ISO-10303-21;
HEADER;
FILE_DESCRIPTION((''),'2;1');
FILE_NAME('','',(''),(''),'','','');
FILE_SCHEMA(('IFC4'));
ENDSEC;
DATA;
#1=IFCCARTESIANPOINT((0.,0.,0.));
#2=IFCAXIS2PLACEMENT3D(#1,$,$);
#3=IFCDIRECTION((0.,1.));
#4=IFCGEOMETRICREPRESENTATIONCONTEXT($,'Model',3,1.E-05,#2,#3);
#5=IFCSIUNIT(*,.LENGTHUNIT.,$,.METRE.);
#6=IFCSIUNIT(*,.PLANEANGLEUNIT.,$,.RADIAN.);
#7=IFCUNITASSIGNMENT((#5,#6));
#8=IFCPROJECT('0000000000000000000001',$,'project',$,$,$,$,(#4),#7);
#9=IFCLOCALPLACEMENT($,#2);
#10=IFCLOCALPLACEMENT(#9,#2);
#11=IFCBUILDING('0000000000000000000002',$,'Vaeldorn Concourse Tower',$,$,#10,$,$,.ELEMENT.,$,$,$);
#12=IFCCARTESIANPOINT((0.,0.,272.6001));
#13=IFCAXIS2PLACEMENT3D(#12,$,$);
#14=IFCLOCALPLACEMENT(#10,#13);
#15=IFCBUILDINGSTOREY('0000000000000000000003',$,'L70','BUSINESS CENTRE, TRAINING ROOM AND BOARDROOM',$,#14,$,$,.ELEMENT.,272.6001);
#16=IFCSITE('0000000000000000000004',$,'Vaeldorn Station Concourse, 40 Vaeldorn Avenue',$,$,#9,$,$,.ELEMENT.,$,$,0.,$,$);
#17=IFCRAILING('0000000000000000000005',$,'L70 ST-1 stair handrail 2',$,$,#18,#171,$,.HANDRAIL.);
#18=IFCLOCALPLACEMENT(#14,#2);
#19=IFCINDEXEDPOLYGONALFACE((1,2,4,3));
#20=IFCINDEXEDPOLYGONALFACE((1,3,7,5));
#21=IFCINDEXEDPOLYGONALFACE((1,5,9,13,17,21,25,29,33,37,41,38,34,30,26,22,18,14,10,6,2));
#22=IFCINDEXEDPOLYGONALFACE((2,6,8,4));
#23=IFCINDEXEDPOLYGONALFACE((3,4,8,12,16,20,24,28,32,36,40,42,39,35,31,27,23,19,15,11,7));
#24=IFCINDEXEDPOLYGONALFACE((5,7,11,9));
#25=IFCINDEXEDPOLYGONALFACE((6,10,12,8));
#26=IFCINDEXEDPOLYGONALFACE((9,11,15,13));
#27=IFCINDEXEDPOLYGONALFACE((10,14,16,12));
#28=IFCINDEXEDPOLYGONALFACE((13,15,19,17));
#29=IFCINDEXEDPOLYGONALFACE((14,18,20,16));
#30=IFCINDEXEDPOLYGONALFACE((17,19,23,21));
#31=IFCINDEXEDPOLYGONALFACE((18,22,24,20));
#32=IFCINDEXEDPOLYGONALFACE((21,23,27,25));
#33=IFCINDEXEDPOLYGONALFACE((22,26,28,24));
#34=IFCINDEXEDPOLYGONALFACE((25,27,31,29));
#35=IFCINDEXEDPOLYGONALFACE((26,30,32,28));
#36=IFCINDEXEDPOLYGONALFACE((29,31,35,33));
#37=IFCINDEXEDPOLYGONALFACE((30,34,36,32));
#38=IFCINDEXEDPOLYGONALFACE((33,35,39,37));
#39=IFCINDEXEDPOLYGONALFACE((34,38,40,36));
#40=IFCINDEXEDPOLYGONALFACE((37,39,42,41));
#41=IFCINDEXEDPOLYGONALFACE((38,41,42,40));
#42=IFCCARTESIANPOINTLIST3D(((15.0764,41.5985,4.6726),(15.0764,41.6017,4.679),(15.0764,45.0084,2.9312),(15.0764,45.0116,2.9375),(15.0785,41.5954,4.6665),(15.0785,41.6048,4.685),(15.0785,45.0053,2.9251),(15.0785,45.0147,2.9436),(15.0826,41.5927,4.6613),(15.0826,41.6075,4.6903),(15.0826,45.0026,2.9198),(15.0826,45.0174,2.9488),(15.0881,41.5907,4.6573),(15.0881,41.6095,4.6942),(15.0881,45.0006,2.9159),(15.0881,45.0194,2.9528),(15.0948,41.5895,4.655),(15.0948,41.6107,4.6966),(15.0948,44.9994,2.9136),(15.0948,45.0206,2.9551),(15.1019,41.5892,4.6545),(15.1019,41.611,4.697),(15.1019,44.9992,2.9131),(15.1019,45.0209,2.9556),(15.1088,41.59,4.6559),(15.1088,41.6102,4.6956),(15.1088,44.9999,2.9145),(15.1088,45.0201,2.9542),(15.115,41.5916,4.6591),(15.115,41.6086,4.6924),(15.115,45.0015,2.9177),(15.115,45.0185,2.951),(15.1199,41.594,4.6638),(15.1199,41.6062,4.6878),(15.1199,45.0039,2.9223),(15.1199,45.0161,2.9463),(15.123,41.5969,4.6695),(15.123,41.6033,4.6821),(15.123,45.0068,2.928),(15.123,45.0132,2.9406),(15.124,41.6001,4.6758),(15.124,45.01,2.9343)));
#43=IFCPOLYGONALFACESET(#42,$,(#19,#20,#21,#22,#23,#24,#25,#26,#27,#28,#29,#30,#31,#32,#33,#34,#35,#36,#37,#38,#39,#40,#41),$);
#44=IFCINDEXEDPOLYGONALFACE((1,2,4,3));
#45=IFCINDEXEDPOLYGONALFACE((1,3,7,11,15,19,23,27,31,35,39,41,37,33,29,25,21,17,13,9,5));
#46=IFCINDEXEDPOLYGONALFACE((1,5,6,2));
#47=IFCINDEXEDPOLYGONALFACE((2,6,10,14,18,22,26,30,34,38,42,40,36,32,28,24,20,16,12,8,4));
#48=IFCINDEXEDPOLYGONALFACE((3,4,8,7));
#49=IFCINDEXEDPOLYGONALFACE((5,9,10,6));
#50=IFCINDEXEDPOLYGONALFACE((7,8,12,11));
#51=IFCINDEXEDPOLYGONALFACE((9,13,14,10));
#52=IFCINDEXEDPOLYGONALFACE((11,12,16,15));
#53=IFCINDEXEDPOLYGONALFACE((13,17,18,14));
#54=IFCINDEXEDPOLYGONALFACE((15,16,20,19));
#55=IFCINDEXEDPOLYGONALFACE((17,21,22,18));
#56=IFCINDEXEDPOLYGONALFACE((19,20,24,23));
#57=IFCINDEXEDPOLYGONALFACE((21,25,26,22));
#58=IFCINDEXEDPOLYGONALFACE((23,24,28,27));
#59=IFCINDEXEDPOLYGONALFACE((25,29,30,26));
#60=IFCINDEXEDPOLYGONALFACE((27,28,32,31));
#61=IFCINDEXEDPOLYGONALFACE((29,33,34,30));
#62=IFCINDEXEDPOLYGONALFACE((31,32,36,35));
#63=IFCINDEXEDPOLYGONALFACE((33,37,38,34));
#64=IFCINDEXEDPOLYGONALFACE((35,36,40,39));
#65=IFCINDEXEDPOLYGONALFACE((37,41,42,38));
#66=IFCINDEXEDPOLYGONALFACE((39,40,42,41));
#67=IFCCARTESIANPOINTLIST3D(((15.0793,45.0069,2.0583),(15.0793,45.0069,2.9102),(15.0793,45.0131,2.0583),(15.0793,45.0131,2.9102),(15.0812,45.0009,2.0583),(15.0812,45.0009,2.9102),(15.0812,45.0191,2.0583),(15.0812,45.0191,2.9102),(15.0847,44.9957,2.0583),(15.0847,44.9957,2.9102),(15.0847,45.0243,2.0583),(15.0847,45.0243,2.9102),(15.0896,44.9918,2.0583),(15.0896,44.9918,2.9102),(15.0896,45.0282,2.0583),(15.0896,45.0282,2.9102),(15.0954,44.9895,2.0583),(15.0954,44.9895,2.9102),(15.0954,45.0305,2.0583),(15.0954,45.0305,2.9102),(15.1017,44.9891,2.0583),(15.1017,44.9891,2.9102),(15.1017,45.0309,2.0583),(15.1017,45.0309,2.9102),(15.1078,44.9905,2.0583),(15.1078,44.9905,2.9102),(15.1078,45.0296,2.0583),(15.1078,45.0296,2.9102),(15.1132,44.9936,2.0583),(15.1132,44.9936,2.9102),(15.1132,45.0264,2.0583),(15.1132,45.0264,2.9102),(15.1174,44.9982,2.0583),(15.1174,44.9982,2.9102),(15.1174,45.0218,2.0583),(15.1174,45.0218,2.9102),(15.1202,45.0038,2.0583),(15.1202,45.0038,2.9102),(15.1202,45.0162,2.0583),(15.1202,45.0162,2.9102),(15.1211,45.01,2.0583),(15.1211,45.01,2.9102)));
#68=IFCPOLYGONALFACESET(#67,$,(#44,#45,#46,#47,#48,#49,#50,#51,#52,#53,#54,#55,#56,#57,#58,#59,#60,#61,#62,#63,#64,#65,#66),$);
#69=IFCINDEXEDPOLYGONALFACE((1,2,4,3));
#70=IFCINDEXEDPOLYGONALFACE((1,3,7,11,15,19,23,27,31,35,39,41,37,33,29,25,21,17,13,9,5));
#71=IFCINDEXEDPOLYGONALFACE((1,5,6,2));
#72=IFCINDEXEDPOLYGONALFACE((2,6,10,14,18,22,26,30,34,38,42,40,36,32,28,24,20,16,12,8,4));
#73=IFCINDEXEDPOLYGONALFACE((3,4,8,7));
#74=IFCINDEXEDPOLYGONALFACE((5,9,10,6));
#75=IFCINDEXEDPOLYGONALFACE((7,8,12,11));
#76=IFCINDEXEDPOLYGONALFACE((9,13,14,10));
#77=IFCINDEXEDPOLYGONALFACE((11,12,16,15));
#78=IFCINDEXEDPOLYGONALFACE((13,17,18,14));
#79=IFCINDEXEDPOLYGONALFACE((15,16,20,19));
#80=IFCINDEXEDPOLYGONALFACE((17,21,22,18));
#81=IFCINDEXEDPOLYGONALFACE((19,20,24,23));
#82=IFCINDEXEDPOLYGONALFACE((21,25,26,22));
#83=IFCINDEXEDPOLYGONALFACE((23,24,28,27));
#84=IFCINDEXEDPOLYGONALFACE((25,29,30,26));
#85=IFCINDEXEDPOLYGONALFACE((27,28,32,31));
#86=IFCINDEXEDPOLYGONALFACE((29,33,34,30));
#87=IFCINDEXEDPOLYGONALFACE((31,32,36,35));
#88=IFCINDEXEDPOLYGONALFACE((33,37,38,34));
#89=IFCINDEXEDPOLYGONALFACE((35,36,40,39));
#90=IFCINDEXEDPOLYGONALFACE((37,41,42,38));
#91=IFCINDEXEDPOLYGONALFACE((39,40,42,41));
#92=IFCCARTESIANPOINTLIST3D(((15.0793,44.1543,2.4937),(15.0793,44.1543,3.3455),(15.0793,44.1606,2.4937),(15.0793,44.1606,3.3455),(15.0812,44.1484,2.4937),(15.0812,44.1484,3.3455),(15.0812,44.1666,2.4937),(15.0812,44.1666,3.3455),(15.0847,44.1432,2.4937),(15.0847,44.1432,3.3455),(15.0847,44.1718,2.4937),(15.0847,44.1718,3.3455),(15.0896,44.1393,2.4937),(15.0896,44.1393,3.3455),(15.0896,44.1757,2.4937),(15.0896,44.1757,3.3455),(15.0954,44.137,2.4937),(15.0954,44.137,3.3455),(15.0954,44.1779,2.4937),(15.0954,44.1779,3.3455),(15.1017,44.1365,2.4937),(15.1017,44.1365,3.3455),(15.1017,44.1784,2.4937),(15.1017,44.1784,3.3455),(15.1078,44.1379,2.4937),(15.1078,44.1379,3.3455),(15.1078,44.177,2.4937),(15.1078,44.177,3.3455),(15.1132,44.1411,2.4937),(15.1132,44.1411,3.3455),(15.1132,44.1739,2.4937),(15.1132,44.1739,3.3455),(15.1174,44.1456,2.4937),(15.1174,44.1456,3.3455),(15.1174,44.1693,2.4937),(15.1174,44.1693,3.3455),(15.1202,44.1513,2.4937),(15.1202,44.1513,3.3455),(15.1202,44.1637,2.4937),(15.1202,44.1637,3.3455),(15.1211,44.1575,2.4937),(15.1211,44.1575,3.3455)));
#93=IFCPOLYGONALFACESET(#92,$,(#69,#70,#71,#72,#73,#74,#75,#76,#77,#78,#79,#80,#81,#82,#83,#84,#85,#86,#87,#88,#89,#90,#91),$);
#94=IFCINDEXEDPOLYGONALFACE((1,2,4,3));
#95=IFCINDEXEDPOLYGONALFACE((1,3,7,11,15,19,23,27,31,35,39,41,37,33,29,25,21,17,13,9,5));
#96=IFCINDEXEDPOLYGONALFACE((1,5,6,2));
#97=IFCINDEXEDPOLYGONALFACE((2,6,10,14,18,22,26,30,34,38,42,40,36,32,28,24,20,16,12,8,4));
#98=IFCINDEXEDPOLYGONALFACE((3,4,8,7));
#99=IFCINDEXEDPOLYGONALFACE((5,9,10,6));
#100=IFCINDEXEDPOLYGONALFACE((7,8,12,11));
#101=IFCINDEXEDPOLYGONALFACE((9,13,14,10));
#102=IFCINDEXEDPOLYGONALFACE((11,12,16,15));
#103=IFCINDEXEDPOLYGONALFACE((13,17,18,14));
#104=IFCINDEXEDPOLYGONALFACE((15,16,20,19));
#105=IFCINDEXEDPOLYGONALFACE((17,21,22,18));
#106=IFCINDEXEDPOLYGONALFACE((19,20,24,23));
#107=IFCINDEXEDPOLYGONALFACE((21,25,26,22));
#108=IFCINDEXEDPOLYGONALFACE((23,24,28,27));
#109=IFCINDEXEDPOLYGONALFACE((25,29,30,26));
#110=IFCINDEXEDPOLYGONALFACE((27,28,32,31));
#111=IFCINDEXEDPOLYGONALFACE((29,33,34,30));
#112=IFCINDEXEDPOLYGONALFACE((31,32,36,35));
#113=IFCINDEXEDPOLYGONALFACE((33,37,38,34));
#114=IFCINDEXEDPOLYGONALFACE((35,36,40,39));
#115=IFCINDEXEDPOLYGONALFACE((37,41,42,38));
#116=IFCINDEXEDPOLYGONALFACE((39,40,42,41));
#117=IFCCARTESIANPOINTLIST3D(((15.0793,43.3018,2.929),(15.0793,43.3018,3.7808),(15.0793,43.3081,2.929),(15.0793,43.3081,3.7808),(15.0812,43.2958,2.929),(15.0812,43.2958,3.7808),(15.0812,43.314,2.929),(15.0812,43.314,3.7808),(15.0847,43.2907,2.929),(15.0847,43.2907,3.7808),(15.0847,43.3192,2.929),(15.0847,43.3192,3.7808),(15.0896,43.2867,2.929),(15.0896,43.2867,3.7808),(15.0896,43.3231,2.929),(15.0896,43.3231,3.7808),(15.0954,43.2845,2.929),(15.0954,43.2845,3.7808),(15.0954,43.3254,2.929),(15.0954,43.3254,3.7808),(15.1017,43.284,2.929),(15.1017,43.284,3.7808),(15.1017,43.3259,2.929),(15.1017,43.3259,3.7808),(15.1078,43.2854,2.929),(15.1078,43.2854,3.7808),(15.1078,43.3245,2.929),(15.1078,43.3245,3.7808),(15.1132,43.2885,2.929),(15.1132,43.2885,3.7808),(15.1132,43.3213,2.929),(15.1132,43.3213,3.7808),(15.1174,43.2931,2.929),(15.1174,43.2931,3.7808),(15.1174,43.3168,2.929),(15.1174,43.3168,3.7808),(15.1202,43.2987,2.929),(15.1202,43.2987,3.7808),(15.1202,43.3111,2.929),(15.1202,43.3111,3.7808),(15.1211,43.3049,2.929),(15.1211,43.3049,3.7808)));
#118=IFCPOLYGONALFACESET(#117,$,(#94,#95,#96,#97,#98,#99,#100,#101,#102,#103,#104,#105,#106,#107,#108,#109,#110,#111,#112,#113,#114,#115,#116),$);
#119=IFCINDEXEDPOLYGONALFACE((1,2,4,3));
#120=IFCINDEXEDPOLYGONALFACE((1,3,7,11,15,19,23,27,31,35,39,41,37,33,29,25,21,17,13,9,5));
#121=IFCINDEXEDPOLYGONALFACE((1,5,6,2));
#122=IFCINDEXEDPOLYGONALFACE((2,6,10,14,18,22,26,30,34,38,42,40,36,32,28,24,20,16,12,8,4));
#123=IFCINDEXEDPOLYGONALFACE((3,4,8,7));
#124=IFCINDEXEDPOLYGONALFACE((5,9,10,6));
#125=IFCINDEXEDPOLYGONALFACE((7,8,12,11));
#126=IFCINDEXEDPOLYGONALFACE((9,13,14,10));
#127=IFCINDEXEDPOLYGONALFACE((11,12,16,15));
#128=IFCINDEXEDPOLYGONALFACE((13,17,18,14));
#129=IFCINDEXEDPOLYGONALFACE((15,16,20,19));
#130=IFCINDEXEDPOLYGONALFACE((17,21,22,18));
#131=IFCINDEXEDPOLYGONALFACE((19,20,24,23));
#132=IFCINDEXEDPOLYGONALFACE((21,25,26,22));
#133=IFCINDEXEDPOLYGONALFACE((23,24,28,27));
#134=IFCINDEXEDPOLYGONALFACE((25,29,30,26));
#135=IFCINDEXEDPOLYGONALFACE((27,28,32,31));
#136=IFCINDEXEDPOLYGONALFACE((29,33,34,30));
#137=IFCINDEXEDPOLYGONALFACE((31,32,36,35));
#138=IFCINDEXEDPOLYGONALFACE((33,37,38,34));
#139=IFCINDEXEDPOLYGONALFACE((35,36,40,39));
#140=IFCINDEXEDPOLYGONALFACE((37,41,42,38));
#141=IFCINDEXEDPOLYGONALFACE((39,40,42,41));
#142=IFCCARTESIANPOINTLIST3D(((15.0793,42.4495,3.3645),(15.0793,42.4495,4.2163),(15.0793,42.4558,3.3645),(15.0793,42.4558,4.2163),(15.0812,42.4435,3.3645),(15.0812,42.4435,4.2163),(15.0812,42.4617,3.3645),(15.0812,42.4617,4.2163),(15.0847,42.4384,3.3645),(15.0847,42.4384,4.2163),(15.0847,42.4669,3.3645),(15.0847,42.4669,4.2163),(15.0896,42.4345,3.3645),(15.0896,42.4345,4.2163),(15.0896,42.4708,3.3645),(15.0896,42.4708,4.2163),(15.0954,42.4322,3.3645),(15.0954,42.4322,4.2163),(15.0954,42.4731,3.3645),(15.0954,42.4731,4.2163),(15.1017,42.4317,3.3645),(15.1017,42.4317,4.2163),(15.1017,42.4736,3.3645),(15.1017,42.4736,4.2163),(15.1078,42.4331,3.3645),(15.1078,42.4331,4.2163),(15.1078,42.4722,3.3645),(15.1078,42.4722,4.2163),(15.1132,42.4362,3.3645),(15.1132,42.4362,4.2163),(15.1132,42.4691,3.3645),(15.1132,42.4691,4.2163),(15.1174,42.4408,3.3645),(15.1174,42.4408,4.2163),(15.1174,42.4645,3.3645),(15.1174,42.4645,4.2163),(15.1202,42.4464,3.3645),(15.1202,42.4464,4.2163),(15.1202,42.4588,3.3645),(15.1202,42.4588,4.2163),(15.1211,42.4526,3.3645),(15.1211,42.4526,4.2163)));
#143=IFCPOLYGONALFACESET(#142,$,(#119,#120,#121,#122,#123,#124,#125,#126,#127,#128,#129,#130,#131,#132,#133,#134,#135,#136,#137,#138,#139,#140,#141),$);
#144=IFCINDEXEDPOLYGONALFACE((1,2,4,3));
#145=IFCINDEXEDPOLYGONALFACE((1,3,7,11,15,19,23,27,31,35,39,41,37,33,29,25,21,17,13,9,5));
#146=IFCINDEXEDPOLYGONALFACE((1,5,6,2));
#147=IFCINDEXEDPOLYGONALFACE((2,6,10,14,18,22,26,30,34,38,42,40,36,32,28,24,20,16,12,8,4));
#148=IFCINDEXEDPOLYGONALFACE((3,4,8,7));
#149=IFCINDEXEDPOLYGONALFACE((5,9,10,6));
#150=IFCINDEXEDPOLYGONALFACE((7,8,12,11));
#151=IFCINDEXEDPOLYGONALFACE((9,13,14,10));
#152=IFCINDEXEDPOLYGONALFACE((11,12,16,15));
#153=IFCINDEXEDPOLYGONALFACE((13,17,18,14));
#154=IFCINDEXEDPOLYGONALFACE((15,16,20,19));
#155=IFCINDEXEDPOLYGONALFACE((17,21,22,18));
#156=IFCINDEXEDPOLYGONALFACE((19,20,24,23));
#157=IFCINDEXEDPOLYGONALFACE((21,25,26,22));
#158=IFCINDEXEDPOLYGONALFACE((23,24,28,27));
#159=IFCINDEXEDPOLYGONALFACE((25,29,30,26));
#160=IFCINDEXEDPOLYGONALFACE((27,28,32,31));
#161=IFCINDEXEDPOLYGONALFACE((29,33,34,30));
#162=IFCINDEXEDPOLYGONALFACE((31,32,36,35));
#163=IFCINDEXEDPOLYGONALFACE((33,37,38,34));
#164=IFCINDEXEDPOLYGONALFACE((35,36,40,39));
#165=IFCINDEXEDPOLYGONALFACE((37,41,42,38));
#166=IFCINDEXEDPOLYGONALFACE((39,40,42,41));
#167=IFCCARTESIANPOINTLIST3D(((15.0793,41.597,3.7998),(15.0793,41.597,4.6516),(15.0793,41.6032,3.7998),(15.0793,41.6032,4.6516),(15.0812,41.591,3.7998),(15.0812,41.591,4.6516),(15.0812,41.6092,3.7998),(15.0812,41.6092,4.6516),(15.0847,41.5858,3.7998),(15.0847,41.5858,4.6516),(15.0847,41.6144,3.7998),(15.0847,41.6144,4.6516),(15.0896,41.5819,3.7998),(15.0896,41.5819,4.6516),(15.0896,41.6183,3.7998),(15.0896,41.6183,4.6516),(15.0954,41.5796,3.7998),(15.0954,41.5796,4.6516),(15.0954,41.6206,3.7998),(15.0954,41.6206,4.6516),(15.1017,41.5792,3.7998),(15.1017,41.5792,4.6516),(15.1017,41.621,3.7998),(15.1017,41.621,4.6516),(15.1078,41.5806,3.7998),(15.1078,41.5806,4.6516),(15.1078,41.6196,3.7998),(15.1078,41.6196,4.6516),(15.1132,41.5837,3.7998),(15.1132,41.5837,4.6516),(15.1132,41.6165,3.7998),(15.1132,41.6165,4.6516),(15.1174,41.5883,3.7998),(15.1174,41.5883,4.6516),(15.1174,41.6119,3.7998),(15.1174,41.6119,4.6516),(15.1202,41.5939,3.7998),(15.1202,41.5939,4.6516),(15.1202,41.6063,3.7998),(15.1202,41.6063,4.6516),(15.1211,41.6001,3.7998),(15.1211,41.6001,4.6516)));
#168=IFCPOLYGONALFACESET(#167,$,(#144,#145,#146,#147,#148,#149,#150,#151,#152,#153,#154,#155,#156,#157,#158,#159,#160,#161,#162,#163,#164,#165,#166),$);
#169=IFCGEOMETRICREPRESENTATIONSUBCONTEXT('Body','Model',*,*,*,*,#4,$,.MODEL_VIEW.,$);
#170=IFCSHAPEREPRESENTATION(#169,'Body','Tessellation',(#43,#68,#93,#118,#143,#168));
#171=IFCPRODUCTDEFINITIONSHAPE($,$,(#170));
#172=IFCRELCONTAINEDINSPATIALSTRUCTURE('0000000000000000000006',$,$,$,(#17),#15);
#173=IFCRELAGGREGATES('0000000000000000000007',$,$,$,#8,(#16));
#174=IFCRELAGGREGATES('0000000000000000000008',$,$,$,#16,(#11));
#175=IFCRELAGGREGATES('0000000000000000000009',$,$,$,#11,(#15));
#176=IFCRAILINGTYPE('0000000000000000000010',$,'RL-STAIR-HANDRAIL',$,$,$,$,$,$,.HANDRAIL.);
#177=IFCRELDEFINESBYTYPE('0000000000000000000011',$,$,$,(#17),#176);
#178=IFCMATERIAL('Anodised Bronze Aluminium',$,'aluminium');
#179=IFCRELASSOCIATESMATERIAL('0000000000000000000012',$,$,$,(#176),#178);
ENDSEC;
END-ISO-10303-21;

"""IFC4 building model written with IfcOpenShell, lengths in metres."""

from ifc_helpers import new_model, si_unit, direction, frame, origin, origin_2d, place, context, subcontext, project, spatial, circle, extrude, material, type_object, element, save


model = new_model("IFC4")

# Units and contexts
model_context = context("Model", 3, precision=1e-05, world=origin(), true_north=direction((0.0, 1.0)))
body_context = subcontext(model_context, "Body", "Model", "MODEL_VIEW")
ifc_project = project(units=[si_unit("LENGTHUNIT", "METRE"), si_unit("PLANEANGLEUNIT", "RADIAN")], contexts=[model_context])

# Site, building, storey
site_placement = place(None, origin())
site = spatial("IfcSite", under=ifc_project, at=site_placement, Name="Vaeldorn Station Concourse, 40 Vaeldorn Avenue", CompositionType="ELEMENT", RefElevation=0.0)
building_placement = place(site_placement, origin())
building = spatial("IfcBuilding", under=site, at=building_placement, Name="Vaeldorn Concourse Tower", CompositionType="ELEMENT")
storey_placement = place(building_placement, frame((0.0, 0.0, 272.6001)))
storey = spatial("IfcBuildingStorey", under=building, at=storey_placement, Name="L70", Description="BUSINESS CENTRE, TRAINING ROOM AND BOARDROOM", CompositionType="ELEMENT", Elevation=272.6001)

# Shared definitions
ifc_material_1 = material(Name="Anodised Bronze Aluminium", Category="aluminium")

# Railing
railing_type_1 = type_object("IfcRailingType", Name="RL-STAIR-HANDRAIL", PredefinedType="HANDRAIL", material=ifc_material_1)
railing_1_placement = place(storey_placement, frame((15.1001, 45.01, 2.0583)))
element("IfcRailing", 1, at=railing_1_placement, inside=storey, type_object=railing_type_1, Name="L70 ST-1 stair handrail 2", PredefinedType="HANDRAIL", context=body_context, shape_type="SweptSolid", body=[
    extrude(circle(Radius=0.0239, at=origin_2d()), frame((0.0, 0.0, 0.876), z_axis=(0.0, -0.890582, 0.454823), x_axis=(1.0, 0.0, 0.0)), (0.0, 0.0, 1.0), 3.8289),
    extrude(circle(Radius=0.021, at=origin_2d()), origin(), (0.0, 0.0, 1.0), 0.8518),
    extrude(circle(Radius=0.021, at=origin_2d()), frame((0.0, -0.8525, 0.4353)), (0.0, 0.0, 1.0), 0.8518),
    extrude(circle(Radius=0.021, at=origin_2d()), frame((0.0, -1.7051, 0.8706)), (0.0, 0.0, 1.0), 0.8518),
    extrude(circle(Radius=0.021, at=origin_2d()), frame((0.0, -2.5574, 1.3062)), (0.0, 0.0, 1.0), 0.8518),
    extrude(circle(Radius=0.021, at=origin_2d()), frame((0.0, -3.4099, 1.7415)), (0.0, 0.0, 1.0), 0.8518),
])

save(model, "model.ifc")
